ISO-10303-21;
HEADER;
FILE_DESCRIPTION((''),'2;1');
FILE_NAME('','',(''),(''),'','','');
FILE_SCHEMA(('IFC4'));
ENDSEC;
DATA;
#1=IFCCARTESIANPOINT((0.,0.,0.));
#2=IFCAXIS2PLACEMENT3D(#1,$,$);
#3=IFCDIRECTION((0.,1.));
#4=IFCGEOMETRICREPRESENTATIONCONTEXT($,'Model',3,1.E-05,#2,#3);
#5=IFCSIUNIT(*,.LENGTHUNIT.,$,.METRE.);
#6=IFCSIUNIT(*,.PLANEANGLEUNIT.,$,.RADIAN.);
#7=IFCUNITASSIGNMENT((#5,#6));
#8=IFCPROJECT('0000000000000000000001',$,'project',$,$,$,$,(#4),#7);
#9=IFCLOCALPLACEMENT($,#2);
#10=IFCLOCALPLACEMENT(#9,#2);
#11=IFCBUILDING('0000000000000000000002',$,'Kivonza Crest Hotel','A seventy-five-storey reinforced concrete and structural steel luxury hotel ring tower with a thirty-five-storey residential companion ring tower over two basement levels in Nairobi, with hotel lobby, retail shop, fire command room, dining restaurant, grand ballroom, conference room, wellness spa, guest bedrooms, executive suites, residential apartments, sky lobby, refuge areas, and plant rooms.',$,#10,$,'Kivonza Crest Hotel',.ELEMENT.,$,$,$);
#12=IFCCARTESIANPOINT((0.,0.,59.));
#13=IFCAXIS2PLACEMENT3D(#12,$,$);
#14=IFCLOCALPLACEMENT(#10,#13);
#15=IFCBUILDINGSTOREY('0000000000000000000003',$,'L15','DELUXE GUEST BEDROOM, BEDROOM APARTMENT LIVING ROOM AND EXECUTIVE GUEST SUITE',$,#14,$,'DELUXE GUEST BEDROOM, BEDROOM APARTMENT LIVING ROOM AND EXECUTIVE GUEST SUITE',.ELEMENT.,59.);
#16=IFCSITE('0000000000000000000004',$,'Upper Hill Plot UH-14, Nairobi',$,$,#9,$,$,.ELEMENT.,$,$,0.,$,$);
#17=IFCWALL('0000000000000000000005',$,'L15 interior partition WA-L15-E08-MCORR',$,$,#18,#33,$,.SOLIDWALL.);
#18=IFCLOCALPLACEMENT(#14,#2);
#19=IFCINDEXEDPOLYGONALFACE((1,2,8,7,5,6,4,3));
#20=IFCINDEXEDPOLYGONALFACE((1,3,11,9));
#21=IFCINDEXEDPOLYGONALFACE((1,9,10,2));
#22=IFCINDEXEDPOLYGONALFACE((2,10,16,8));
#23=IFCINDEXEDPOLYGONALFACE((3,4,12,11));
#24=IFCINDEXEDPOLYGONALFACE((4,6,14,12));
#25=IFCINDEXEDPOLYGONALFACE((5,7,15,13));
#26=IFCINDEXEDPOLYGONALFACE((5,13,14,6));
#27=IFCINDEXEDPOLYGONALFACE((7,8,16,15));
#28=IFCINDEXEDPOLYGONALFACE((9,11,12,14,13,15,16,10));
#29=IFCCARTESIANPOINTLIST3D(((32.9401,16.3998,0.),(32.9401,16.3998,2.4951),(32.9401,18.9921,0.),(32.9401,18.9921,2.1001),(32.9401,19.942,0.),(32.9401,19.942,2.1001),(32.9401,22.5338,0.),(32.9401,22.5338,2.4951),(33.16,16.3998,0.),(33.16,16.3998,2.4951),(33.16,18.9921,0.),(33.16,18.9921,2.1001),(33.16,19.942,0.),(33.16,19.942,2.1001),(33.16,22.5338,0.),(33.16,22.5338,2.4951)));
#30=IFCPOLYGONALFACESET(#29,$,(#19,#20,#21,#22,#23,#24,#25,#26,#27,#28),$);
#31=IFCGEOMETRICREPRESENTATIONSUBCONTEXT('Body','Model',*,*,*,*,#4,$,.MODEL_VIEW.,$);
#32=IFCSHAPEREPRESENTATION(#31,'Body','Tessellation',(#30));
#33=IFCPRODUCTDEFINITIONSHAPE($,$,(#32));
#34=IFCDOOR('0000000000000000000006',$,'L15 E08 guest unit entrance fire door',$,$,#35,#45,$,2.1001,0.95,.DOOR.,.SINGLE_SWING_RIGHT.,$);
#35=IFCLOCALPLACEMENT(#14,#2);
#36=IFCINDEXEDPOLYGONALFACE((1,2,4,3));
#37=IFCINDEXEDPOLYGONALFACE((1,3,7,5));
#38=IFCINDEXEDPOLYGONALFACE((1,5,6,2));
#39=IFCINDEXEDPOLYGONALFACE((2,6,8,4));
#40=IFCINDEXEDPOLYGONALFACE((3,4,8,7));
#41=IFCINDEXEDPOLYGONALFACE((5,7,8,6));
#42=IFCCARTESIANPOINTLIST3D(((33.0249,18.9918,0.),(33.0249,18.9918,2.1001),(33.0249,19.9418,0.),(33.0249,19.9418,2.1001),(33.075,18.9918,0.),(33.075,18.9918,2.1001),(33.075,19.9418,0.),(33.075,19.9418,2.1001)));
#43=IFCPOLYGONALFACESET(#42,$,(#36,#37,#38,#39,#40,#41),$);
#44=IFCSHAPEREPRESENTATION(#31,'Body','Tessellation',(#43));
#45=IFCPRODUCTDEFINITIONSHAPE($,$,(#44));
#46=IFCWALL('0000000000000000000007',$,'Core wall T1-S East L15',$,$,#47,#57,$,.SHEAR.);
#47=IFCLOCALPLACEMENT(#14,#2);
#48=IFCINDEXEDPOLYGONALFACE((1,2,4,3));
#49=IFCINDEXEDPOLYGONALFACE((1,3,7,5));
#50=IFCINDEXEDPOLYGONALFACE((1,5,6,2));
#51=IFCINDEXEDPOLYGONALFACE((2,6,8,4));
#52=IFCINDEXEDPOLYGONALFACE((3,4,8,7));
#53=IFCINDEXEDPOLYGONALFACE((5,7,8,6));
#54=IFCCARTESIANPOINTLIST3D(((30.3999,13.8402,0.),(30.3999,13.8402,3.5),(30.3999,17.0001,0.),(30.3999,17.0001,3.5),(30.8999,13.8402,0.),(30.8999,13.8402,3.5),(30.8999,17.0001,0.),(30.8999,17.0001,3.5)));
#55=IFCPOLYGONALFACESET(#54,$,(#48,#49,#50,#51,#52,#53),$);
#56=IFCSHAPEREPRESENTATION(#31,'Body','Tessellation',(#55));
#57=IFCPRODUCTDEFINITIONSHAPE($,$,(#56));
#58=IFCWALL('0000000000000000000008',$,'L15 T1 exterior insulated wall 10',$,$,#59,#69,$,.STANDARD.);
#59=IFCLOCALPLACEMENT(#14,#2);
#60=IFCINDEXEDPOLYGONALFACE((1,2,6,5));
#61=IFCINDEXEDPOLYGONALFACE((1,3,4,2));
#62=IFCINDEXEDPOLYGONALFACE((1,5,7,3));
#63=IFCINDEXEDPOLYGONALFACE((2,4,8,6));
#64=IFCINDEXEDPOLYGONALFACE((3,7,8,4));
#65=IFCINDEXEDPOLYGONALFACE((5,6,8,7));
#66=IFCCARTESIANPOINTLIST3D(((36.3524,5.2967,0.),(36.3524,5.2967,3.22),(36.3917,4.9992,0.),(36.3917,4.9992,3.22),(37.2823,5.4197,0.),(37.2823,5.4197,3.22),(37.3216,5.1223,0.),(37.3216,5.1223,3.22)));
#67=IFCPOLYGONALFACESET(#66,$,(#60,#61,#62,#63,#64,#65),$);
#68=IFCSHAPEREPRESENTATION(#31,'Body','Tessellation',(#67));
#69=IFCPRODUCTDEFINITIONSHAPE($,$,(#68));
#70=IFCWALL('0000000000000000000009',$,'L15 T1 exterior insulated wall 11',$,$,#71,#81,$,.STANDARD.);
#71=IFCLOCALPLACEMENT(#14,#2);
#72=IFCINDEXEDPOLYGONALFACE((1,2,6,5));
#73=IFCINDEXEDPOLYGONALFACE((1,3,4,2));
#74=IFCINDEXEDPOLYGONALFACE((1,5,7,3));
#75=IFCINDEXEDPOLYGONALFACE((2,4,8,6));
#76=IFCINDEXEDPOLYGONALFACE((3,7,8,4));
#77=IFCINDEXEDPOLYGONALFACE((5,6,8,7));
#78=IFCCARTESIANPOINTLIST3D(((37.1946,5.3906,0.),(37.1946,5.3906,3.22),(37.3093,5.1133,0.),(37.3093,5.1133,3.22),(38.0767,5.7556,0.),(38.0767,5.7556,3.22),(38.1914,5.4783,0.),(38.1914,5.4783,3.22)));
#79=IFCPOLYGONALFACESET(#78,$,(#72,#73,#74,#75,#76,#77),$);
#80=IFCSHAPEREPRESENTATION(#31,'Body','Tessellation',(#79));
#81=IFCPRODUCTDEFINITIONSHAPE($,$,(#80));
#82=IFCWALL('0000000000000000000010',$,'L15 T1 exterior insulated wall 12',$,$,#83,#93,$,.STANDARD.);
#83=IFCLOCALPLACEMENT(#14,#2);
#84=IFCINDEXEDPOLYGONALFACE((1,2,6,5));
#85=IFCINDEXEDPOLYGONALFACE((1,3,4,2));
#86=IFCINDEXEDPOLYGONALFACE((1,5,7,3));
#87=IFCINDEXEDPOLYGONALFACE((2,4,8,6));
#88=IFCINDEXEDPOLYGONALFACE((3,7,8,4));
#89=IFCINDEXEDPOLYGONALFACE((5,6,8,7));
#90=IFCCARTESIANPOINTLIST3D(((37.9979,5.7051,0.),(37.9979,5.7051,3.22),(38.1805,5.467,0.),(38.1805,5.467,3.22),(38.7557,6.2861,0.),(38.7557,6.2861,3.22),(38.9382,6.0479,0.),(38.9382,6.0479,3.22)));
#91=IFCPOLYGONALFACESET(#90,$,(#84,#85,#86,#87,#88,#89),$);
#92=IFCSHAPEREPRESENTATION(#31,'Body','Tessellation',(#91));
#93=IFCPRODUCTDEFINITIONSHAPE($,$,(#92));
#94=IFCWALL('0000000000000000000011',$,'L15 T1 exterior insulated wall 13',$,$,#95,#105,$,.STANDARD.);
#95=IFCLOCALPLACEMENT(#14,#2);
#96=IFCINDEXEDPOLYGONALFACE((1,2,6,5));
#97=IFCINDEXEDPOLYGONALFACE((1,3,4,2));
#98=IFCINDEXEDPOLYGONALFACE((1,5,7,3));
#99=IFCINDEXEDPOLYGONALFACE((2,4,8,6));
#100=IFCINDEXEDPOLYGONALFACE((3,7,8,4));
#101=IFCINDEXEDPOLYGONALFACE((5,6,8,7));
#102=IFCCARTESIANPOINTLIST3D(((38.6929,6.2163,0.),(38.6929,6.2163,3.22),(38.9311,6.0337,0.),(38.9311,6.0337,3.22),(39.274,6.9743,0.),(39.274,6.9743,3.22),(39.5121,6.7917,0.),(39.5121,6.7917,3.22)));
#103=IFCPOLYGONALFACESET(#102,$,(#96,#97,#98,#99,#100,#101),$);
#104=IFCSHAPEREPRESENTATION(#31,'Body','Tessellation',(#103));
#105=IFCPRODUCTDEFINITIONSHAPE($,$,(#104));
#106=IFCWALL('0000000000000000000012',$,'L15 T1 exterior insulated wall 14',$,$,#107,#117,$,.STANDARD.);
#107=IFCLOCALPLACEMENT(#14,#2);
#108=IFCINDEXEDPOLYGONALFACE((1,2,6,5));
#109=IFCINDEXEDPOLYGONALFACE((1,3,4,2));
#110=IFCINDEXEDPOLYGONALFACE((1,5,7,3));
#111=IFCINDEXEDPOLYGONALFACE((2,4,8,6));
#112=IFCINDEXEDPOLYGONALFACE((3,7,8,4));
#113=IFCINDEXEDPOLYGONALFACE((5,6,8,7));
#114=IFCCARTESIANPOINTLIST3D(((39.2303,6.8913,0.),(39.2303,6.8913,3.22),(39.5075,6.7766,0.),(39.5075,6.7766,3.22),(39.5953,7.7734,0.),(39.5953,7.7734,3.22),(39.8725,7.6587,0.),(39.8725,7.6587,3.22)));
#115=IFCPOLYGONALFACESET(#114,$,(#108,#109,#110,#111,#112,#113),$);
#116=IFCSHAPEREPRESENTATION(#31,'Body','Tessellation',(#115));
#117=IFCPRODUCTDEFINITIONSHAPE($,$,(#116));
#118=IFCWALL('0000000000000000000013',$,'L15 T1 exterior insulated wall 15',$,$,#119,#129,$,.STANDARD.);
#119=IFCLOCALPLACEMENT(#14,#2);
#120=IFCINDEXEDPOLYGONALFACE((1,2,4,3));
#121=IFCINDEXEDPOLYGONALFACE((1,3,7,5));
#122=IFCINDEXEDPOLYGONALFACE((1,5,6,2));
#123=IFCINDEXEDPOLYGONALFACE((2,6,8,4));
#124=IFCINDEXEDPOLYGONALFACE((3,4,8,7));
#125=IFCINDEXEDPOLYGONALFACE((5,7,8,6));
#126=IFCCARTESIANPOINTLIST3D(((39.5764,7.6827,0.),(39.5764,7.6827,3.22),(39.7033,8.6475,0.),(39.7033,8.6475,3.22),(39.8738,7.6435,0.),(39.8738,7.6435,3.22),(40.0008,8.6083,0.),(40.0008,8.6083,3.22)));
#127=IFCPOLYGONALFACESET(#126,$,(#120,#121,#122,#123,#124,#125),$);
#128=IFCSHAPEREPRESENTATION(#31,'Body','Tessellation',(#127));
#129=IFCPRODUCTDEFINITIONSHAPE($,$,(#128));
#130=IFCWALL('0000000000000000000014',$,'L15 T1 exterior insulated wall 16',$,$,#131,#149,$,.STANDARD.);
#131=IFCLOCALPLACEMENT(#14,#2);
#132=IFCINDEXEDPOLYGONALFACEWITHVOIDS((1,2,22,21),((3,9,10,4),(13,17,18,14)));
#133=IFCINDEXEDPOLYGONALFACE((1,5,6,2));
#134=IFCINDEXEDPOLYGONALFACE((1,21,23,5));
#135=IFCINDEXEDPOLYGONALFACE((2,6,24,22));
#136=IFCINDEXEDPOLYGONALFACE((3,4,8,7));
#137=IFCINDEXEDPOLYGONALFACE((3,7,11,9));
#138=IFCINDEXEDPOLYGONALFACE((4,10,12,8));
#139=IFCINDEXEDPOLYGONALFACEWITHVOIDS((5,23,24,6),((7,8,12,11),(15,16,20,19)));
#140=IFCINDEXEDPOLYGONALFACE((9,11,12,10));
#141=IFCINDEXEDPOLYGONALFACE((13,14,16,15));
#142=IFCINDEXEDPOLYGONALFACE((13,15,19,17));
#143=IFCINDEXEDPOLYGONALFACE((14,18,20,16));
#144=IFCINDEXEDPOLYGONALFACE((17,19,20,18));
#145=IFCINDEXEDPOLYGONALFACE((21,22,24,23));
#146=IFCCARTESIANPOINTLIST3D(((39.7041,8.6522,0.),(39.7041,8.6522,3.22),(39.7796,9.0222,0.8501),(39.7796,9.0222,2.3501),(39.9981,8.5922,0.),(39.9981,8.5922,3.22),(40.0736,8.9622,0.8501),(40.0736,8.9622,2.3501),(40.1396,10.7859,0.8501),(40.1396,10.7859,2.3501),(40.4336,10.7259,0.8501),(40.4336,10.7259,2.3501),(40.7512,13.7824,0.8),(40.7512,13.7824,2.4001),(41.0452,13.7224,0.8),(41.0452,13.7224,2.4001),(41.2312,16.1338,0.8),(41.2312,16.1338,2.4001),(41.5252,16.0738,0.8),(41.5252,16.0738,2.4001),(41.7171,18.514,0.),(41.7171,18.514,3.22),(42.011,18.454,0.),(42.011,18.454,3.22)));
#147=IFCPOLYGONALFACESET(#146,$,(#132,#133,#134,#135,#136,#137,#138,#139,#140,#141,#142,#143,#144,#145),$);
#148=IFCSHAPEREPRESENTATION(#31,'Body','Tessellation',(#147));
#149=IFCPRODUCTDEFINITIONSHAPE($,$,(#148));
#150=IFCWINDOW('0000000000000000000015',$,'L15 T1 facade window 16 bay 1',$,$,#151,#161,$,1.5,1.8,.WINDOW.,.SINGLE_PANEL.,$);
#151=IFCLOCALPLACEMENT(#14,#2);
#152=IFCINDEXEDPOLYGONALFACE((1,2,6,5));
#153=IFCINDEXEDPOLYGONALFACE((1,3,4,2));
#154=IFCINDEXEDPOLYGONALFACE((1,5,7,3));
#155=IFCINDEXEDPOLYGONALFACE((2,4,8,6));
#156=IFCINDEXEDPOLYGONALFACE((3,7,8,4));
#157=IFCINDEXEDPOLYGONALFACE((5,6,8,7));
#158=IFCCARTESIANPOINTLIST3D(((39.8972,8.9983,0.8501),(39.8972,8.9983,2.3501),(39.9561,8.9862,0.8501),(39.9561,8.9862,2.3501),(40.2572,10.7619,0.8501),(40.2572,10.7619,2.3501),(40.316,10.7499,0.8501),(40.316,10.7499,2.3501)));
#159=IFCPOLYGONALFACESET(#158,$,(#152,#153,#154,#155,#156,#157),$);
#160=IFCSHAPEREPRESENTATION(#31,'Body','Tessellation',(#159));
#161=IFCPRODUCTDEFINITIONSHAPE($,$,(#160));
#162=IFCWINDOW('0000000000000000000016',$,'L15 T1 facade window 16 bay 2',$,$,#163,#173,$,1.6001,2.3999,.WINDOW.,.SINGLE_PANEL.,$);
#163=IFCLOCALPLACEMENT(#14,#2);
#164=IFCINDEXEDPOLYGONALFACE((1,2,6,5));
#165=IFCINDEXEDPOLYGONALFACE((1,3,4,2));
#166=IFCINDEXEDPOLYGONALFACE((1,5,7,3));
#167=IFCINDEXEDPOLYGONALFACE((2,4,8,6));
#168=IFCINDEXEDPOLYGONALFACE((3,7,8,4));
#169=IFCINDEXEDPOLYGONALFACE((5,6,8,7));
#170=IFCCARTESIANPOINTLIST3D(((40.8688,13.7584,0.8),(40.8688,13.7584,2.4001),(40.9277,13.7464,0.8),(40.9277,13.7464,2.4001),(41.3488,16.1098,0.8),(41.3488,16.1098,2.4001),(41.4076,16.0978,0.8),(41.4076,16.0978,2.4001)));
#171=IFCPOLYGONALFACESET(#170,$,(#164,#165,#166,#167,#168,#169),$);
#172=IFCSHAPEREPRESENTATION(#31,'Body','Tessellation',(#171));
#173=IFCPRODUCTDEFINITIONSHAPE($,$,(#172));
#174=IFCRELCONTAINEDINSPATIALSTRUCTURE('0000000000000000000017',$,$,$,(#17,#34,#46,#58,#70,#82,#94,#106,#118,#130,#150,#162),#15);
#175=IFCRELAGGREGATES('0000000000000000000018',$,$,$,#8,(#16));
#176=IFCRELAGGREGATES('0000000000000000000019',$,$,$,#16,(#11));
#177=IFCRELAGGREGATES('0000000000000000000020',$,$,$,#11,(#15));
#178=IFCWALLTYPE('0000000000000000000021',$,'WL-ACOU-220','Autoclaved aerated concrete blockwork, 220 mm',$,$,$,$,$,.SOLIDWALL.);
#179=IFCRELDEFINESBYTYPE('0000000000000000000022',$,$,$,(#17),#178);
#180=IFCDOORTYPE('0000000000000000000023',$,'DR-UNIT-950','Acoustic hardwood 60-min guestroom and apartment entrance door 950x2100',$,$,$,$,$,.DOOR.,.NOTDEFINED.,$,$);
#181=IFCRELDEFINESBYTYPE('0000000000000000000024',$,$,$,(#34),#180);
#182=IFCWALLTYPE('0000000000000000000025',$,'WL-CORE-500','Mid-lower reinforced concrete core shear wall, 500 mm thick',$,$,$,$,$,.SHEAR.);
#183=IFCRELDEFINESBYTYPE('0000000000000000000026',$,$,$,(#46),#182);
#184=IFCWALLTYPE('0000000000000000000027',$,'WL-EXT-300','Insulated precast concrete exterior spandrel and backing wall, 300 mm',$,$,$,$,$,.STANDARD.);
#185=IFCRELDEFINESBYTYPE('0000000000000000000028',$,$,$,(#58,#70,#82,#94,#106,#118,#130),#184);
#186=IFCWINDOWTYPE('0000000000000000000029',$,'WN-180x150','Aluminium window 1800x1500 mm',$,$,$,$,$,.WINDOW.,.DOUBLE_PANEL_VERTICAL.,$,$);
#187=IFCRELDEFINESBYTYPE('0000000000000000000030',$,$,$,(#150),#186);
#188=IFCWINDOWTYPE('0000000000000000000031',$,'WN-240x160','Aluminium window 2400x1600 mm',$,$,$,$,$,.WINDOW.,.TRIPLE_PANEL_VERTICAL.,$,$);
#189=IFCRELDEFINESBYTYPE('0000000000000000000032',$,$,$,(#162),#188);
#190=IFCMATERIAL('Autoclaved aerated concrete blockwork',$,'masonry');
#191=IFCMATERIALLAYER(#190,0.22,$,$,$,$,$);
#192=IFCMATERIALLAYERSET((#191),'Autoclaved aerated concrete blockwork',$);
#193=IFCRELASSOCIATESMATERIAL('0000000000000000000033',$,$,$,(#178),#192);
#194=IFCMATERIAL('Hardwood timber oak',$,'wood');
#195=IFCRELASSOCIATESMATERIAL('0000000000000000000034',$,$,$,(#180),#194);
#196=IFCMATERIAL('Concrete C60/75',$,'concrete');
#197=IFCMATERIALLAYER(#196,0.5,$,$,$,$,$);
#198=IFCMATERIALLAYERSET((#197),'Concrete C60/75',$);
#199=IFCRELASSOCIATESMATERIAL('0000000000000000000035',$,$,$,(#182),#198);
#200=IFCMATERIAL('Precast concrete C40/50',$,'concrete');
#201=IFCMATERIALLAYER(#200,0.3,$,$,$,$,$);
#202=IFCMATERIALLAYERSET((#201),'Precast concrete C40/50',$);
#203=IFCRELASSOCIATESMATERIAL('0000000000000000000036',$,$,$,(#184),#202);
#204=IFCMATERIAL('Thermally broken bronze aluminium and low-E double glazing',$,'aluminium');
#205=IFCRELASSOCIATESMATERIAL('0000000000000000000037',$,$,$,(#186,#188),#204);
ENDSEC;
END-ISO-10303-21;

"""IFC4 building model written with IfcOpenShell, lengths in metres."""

from ifc_helpers import new_model, si_unit, direction, frame, frame_2d, origin, place, context, subcontext, project, spatial, rectangle, extrude, material, layer, layer_set, type_object, element, fill, save


model = new_model("IFC4")

# Units and contexts
model_context = context("Model", 3, precision=1e-05, world=origin(), true_north=direction((0.0, 1.0)))
body_context = subcontext(model_context, "Body", "Model", "MODEL_VIEW")
ifc_project = project(units=[si_unit("LENGTHUNIT", "METRE"), si_unit("PLANEANGLEUNIT", "RADIAN")], contexts=[model_context])

# Site, building, storey
site_placement = place(None, origin())
site = spatial("IfcSite", under=ifc_project, at=site_placement, Name="Upper Hill Plot UH-14, Nairobi", CompositionType="ELEMENT", RefElevation=0.0)
building_placement = place(site_placement, origin())
building = spatial("IfcBuilding", under=site, at=building_placement, Name="Kivonza Crest Hotel", Description="A seventy-five-storey reinforced concrete and structural steel luxury hotel ring tower with a thirty-five-storey residential companion ring tower over two basement levels in Nairobi, with hotel lobby, retail shop, fire command room, dining restaurant, grand ballroom, conference room, wellness spa, guest bedrooms, executive suites, residential apartments, sky lobby, refuge areas, and plant rooms.", LongName="Kivonza Crest Hotel", CompositionType="ELEMENT")
storey_placement = place(building_placement, frame((0.0, 0.0, 59.0)))
storey = spatial("IfcBuildingStorey", under=building, at=storey_placement, Name="L15", Description="DELUXE GUEST BEDROOM, BEDROOM APARTMENT LIVING ROOM AND EXECUTIVE GUEST SUITE", LongName="DELUXE GUEST BEDROOM, BEDROOM APARTMENT LIVING ROOM AND EXECUTIVE GUEST SUITE", CompositionType="ELEMENT", Elevation=59.0)

# Shared definitions
ifc_material_1 = material(Name="Concrete C60/75", Category="concrete")

# Shared definitions
ifc_material_2 = material(Name="Autoclaved aerated concrete blockwork", Category="masonry")
ifc_layer_1 = layer(ifc_material_2, 0.22)
ifc_layer_set_1 = layer_set([ifc_layer_1], Name="Autoclaved aerated concrete blockwork")
wall_type_1 = type_object("IfcWallType", Name="WL-ACOU-220", Description="Autoclaved aerated concrete blockwork, 220 mm", PredefinedType="SOLIDWALL", material=ifc_layer_set_1)
ifc_material_3 = material(Name="Hardwood timber oak", Category="wood")

# Wall, opening, door
wall_1_placement = place(storey_placement, frame((33.05, 16.3999, 0.0), z_axis=(0.0, 0.0, 1.0), x_axis=(0.0, 1.0, 0.0)))
wall_1 = element("IfcWall", 1, at=wall_1_placement, inside=storey, type_object=wall_type_1, Name="L15 interior partition WA-L15-E08-MCORR", PredefinedType="SOLIDWALL", context=body_context, shape_type="SweptSolid", body=[
    extrude(rectangle(XDim=6.134, YDim=0.22, at=frame_2d((3.0669, 0.0))), origin(), (0.0, 0.0, 1.0), 2.4951),
])
opening_1_placement = place(wall_1_placement, frame((2.592, 0.0, 0.0)))
opening_1 = element("IfcOpeningElement", 2, at=opening_1_placement, cuts=wall_1, PredefinedType="OPENING", context=body_context, shape_type="SweptSolid", body=[
    extrude(rectangle(XDim=0.95, YDim=2.1001, at=frame_2d((0.4751, 1.05))), frame((0.0, 0.1201, 0.0), z_axis=(0.0, -1.0, 0.0), x_axis=(1.0, 0.0, 0.0)), (0.0, 0.0, 1.0), 0.24),
])
door_type_1 = type_object("IfcDoorType", Name="DR-UNIT-950", Description="Acoustic hardwood 60-min guestroom and apartment entrance door 950x2100", OperationType="NOTDEFINED", PredefinedType="DOOR", material=ifc_material_3)
door_1_placement = place(opening_1_placement, frame((0.95, 0.0, 0.0), z_axis=(0.0, 0.0, 1.0), x_axis=(-1.0, 0.0, 0.0)))
door_1 = element("IfcDoor", 3, at=door_1_placement, inside=storey, type_object=door_type_1, Name="L15 E08 guest unit entrance fire door", OperationType="SINGLE_SWING_RIGHT", OverallHeight=2.1001, OverallWidth=0.95, PredefinedType="DOOR", context=body_context, shape_type="SweptSolid", body=[
    extrude(rectangle(XDim=0.95, YDim=2.1001, at=frame_2d((0.4751, 1.05))), frame((0.0, 0.0249, 0.0), z_axis=(0.0, -1.0, 0.0), x_axis=(1.0, 0.0, 0.0)), (0.0, 0.0, 1.0), 0.05),
])
fill(opening_1, door_1)

# Walls
ifc_layer_2 = layer(ifc_material_1, 0.5)
ifc_layer_set_2 = layer_set([ifc_layer_2], Name="Concrete C60/75")
wall_type_2 = type_object("IfcWallType", Name="WL-CORE-500", Description="Mid-lower reinforced concrete core shear wall, 500 mm thick", PredefinedType="SHEAR", material=ifc_layer_set_2)
wall_2_placement = place(storey_placement, frame((30.6499, 13.8401, 0.0), z_axis=(0.0, 0.0, 1.0), x_axis=(0.0, 1.0, 0.0)))
element("IfcWall", 4, at=wall_2_placement, inside=storey, type_object=wall_type_2, Name="Core wall T1-S East L15", PredefinedType="SHEAR", context=body_context, shape_type="SweptSolid", body=[
    extrude(rectangle(XDim=3.1599, YDim=0.5, at=frame_2d((1.5801, 0.0))), origin(), (0.0, 0.0, 1.0), 3.5),
])
ifc_material_4 = material(Name="Precast concrete C40/50", Category="concrete")
ifc_layer_3 = layer(ifc_material_4, 0.3)
ifc_layer_set_3 = layer_set([ifc_layer_3], Name="Precast concrete C40/50")
wall_type_3 = type_object("IfcWallType", Name="WL-EXT-300", Description="Insulated precast concrete exterior spandrel and backing wall, 300 mm", PredefinedType="STANDARD", material=ifc_layer_set_3)
wall_3_placement = place(storey_placement, frame((36.3721, 5.1479, 0.0), z_axis=(0.0, 0.0, 1.0), x_axis=(0.991359, 0.131175, 0.0)))
element("IfcWall", 5, at=wall_3_placement, inside=storey, type_object=wall_type_3, Name="L15 T1 exterior insulated wall 10", PredefinedType="STANDARD", context=body_context, shape_type="SweptSolid", body=[
    extrude(rectangle(XDim=0.938, YDim=0.3, at=frame_2d((0.469, 0.0))), origin(), (0.0, 0.0, 1.0), 3.22),
])
wall_4_placement = place(storey_placement, frame((37.252, 5.252, 0.0), z_axis=(0.0, 0.0, 1.0), x_axis=(0.92402, 0.382344, 0.0)))
element("IfcWall", 6, at=wall_4_placement, inside=storey, type_object=wall_type_3, Name="L15 T1 exterior insulated wall 11", PredefinedType="STANDARD", context=body_context, shape_type="SweptSolid", body=[
    extrude(rectangle(XDim=0.9546, YDim=0.3, at=frame_2d((0.4773, 0.0))), origin(), (0.0, 0.0, 1.0), 3.22),
])
wall_5_placement = place(storey_placement, frame((38.0891, 5.5859, 0.0), z_axis=(0.0, 0.0, 1.0), x_axis=(0.793573, 0.608474, 0.0)))
element("IfcWall", 7, at=wall_5_placement, inside=storey, type_object=wall_type_3, Name="L15 T1 exterior insulated wall 12", PredefinedType="STANDARD", context=body_context, shape_type="SweptSolid", body=[
    extrude(rectangle(XDim=0.9548, YDim=0.3, at=frame_2d((0.4775, 0.0))), origin(), (0.0, 0.0, 1.0), 3.22),
])
wall_6_placement = place(storey_placement, frame((38.812, 6.125, 0.0), z_axis=(0.0, 0.0, 1.0), x_axis=(0.608351, 0.793668, 0.0)))
element("IfcWall", 8, at=wall_6_placement, inside=storey, type_object=wall_type_3, Name="L15 T1 exterior insulated wall 13", PredefinedType="STANDARD", context=body_context, shape_type="SweptSolid", body=[
    extrude(rectangle(XDim=0.9551, YDim=0.3, at=frame_2d((0.4775, 0.0))), origin(), (0.0, 0.0, 1.0), 3.22),
])
wall_7_placement = place(storey_placement, frame((39.3689, 6.834, 0.0), z_axis=(0.0, 0.0, 1.0), x_axis=(0.382344, 0.92402, 0.0)))
element("IfcWall", 9, at=wall_7_placement, inside=storey, type_object=wall_type_3, Name="L15 T1 exterior insulated wall 14", PredefinedType="STANDARD", context=body_context, shape_type="SweptSolid", body=[
    extrude(rectangle(XDim=0.9546, YDim=0.3, at=frame_2d((0.4773, 0.0))), origin(), (0.0, 0.0, 1.0), 3.22),
])
wall_8_placement = place(storey_placement, frame((39.7251, 7.6631, 0.0), z_axis=(0.0, 0.0, 1.0), x_axis=(0.130455, 0.991454, 0.0)))
element("IfcWall", 10, at=wall_8_placement, inside=storey, type_object=wall_type_3, Name="L15 T1 exterior insulated wall 15", PredefinedType="STANDARD", context=body_context, shape_type="SweptSolid", body=[
    extrude(rectangle(XDim=0.9731, YDim=0.3, at=frame_2d((0.4866, 0.0))), origin(), (0.0, 0.0, 1.0), 3.22),
])

# Wall, openings, windows
wall_9_placement = place(storey_placement, frame((39.8511, 8.6221, 0.0), z_axis=(0.0, 0.0, 1.0), x_axis=(0.199991, 0.979798, 0.0)))
wall_9 = element("IfcWall", 11, at=wall_9_placement, inside=storey, type_object=wall_type_3, Name="L15 T1 exterior insulated wall 16", PredefinedType="STANDARD", context=body_context, shape_type="SweptSolid", body=[
    extrude(rectangle(XDim=10.0652, YDim=0.3, at=frame_2d((5.0327, 0.0))), origin(), (0.0, 0.0, 1.0), 3.22),
])
opening_2_placement = place(wall_9_placement, frame((0.3779, 0.0, 0.8501)))
opening_2 = element("IfcOpeningElement", 12, at=opening_2_placement, cuts=wall_9, PredefinedType="OPENING", context=body_context, shape_type="SweptSolid", body=[
    extrude(rectangle(XDim=1.8, YDim=1.5, at=frame_2d((0.8999, 0.75))), frame((0.0, 0.1602, 0.0), z_axis=(0.0, -1.0, 0.0), x_axis=(1.0, 0.0, 0.0)), (0.0, 0.0, 1.0), 0.3201),
])
opening_3_placement = place(wall_9_placement, frame((5.2361, 0.0, 0.8)))
opening_3 = element("IfcOpeningElement", 13, at=opening_3_placement, cuts=wall_9, PredefinedType="OPENING", context=body_context, shape_type="SweptSolid", body=[
    extrude(rectangle(XDim=2.3999, YDim=1.6001, at=frame_2d((1.2, 0.8))), frame((0.0, 0.1602, 0.0), z_axis=(0.0, -1.0, 0.0), x_axis=(1.0, 0.0, 0.0)), (0.0, 0.0, 1.0), 0.3201),
])
ifc_material_5 = material(Name="Thermally broken bronze aluminium and low-E double glazing", Category="aluminium")
window_type_1 = type_object("IfcWindowType", Name="WN-180x150", Description="Aluminium window 1800x1500 mm", PartitioningType="DOUBLE_PANEL_VERTICAL", PredefinedType="WINDOW", material=ifc_material_5)
window_1_placement = place(opening_2_placement, origin())
window_1 = element("IfcWindow", 14, at=window_1_placement, inside=storey, type_object=window_type_1, Name="L15 T1 facade window 16 bay 1", OverallHeight=1.5, OverallWidth=1.8, PartitioningType="SINGLE_PANEL", PredefinedType="WINDOW", context=body_context, shape_type="SweptSolid", body=[
    extrude(rectangle(XDim=1.8, YDim=1.5, at=frame_2d((0.8999, 0.75))), frame((0.0, 0.03, 0.0), z_axis=(0.0, -1.0, 0.0), x_axis=(1.0, 0.0, 0.0)), (0.0, 0.0, 1.0), 0.0601),
])
fill(opening_2, window_1)
window_type_2 = type_object("IfcWindowType", Name="WN-240x160", Description="Aluminium window 2400x1600 mm", PartitioningType="TRIPLE_PANEL_VERTICAL", PredefinedType="WINDOW", material=ifc_material_5)
window_2_placement = place(opening_3_placement, origin())
window_2 = element("IfcWindow", 15, at=window_2_placement, inside=storey, type_object=window_type_2, Name="L15 T1 facade window 16 bay 2", OverallHeight=1.6001, OverallWidth=2.3999, PartitioningType="SINGLE_PANEL", PredefinedType="WINDOW", context=body_context, shape_type="SweptSolid", body=[
    extrude(rectangle(XDim=2.3999, YDim=1.6001, at=frame_2d((1.2, 0.8))), frame((0.0, 0.03, 0.0), z_axis=(0.0, -1.0, 0.0), x_axis=(1.0, 0.0, 0.0)), (0.0, 0.0, 1.0), 0.0601),
])
fill(opening_3, window_2)

save(model, "model.ifc")
